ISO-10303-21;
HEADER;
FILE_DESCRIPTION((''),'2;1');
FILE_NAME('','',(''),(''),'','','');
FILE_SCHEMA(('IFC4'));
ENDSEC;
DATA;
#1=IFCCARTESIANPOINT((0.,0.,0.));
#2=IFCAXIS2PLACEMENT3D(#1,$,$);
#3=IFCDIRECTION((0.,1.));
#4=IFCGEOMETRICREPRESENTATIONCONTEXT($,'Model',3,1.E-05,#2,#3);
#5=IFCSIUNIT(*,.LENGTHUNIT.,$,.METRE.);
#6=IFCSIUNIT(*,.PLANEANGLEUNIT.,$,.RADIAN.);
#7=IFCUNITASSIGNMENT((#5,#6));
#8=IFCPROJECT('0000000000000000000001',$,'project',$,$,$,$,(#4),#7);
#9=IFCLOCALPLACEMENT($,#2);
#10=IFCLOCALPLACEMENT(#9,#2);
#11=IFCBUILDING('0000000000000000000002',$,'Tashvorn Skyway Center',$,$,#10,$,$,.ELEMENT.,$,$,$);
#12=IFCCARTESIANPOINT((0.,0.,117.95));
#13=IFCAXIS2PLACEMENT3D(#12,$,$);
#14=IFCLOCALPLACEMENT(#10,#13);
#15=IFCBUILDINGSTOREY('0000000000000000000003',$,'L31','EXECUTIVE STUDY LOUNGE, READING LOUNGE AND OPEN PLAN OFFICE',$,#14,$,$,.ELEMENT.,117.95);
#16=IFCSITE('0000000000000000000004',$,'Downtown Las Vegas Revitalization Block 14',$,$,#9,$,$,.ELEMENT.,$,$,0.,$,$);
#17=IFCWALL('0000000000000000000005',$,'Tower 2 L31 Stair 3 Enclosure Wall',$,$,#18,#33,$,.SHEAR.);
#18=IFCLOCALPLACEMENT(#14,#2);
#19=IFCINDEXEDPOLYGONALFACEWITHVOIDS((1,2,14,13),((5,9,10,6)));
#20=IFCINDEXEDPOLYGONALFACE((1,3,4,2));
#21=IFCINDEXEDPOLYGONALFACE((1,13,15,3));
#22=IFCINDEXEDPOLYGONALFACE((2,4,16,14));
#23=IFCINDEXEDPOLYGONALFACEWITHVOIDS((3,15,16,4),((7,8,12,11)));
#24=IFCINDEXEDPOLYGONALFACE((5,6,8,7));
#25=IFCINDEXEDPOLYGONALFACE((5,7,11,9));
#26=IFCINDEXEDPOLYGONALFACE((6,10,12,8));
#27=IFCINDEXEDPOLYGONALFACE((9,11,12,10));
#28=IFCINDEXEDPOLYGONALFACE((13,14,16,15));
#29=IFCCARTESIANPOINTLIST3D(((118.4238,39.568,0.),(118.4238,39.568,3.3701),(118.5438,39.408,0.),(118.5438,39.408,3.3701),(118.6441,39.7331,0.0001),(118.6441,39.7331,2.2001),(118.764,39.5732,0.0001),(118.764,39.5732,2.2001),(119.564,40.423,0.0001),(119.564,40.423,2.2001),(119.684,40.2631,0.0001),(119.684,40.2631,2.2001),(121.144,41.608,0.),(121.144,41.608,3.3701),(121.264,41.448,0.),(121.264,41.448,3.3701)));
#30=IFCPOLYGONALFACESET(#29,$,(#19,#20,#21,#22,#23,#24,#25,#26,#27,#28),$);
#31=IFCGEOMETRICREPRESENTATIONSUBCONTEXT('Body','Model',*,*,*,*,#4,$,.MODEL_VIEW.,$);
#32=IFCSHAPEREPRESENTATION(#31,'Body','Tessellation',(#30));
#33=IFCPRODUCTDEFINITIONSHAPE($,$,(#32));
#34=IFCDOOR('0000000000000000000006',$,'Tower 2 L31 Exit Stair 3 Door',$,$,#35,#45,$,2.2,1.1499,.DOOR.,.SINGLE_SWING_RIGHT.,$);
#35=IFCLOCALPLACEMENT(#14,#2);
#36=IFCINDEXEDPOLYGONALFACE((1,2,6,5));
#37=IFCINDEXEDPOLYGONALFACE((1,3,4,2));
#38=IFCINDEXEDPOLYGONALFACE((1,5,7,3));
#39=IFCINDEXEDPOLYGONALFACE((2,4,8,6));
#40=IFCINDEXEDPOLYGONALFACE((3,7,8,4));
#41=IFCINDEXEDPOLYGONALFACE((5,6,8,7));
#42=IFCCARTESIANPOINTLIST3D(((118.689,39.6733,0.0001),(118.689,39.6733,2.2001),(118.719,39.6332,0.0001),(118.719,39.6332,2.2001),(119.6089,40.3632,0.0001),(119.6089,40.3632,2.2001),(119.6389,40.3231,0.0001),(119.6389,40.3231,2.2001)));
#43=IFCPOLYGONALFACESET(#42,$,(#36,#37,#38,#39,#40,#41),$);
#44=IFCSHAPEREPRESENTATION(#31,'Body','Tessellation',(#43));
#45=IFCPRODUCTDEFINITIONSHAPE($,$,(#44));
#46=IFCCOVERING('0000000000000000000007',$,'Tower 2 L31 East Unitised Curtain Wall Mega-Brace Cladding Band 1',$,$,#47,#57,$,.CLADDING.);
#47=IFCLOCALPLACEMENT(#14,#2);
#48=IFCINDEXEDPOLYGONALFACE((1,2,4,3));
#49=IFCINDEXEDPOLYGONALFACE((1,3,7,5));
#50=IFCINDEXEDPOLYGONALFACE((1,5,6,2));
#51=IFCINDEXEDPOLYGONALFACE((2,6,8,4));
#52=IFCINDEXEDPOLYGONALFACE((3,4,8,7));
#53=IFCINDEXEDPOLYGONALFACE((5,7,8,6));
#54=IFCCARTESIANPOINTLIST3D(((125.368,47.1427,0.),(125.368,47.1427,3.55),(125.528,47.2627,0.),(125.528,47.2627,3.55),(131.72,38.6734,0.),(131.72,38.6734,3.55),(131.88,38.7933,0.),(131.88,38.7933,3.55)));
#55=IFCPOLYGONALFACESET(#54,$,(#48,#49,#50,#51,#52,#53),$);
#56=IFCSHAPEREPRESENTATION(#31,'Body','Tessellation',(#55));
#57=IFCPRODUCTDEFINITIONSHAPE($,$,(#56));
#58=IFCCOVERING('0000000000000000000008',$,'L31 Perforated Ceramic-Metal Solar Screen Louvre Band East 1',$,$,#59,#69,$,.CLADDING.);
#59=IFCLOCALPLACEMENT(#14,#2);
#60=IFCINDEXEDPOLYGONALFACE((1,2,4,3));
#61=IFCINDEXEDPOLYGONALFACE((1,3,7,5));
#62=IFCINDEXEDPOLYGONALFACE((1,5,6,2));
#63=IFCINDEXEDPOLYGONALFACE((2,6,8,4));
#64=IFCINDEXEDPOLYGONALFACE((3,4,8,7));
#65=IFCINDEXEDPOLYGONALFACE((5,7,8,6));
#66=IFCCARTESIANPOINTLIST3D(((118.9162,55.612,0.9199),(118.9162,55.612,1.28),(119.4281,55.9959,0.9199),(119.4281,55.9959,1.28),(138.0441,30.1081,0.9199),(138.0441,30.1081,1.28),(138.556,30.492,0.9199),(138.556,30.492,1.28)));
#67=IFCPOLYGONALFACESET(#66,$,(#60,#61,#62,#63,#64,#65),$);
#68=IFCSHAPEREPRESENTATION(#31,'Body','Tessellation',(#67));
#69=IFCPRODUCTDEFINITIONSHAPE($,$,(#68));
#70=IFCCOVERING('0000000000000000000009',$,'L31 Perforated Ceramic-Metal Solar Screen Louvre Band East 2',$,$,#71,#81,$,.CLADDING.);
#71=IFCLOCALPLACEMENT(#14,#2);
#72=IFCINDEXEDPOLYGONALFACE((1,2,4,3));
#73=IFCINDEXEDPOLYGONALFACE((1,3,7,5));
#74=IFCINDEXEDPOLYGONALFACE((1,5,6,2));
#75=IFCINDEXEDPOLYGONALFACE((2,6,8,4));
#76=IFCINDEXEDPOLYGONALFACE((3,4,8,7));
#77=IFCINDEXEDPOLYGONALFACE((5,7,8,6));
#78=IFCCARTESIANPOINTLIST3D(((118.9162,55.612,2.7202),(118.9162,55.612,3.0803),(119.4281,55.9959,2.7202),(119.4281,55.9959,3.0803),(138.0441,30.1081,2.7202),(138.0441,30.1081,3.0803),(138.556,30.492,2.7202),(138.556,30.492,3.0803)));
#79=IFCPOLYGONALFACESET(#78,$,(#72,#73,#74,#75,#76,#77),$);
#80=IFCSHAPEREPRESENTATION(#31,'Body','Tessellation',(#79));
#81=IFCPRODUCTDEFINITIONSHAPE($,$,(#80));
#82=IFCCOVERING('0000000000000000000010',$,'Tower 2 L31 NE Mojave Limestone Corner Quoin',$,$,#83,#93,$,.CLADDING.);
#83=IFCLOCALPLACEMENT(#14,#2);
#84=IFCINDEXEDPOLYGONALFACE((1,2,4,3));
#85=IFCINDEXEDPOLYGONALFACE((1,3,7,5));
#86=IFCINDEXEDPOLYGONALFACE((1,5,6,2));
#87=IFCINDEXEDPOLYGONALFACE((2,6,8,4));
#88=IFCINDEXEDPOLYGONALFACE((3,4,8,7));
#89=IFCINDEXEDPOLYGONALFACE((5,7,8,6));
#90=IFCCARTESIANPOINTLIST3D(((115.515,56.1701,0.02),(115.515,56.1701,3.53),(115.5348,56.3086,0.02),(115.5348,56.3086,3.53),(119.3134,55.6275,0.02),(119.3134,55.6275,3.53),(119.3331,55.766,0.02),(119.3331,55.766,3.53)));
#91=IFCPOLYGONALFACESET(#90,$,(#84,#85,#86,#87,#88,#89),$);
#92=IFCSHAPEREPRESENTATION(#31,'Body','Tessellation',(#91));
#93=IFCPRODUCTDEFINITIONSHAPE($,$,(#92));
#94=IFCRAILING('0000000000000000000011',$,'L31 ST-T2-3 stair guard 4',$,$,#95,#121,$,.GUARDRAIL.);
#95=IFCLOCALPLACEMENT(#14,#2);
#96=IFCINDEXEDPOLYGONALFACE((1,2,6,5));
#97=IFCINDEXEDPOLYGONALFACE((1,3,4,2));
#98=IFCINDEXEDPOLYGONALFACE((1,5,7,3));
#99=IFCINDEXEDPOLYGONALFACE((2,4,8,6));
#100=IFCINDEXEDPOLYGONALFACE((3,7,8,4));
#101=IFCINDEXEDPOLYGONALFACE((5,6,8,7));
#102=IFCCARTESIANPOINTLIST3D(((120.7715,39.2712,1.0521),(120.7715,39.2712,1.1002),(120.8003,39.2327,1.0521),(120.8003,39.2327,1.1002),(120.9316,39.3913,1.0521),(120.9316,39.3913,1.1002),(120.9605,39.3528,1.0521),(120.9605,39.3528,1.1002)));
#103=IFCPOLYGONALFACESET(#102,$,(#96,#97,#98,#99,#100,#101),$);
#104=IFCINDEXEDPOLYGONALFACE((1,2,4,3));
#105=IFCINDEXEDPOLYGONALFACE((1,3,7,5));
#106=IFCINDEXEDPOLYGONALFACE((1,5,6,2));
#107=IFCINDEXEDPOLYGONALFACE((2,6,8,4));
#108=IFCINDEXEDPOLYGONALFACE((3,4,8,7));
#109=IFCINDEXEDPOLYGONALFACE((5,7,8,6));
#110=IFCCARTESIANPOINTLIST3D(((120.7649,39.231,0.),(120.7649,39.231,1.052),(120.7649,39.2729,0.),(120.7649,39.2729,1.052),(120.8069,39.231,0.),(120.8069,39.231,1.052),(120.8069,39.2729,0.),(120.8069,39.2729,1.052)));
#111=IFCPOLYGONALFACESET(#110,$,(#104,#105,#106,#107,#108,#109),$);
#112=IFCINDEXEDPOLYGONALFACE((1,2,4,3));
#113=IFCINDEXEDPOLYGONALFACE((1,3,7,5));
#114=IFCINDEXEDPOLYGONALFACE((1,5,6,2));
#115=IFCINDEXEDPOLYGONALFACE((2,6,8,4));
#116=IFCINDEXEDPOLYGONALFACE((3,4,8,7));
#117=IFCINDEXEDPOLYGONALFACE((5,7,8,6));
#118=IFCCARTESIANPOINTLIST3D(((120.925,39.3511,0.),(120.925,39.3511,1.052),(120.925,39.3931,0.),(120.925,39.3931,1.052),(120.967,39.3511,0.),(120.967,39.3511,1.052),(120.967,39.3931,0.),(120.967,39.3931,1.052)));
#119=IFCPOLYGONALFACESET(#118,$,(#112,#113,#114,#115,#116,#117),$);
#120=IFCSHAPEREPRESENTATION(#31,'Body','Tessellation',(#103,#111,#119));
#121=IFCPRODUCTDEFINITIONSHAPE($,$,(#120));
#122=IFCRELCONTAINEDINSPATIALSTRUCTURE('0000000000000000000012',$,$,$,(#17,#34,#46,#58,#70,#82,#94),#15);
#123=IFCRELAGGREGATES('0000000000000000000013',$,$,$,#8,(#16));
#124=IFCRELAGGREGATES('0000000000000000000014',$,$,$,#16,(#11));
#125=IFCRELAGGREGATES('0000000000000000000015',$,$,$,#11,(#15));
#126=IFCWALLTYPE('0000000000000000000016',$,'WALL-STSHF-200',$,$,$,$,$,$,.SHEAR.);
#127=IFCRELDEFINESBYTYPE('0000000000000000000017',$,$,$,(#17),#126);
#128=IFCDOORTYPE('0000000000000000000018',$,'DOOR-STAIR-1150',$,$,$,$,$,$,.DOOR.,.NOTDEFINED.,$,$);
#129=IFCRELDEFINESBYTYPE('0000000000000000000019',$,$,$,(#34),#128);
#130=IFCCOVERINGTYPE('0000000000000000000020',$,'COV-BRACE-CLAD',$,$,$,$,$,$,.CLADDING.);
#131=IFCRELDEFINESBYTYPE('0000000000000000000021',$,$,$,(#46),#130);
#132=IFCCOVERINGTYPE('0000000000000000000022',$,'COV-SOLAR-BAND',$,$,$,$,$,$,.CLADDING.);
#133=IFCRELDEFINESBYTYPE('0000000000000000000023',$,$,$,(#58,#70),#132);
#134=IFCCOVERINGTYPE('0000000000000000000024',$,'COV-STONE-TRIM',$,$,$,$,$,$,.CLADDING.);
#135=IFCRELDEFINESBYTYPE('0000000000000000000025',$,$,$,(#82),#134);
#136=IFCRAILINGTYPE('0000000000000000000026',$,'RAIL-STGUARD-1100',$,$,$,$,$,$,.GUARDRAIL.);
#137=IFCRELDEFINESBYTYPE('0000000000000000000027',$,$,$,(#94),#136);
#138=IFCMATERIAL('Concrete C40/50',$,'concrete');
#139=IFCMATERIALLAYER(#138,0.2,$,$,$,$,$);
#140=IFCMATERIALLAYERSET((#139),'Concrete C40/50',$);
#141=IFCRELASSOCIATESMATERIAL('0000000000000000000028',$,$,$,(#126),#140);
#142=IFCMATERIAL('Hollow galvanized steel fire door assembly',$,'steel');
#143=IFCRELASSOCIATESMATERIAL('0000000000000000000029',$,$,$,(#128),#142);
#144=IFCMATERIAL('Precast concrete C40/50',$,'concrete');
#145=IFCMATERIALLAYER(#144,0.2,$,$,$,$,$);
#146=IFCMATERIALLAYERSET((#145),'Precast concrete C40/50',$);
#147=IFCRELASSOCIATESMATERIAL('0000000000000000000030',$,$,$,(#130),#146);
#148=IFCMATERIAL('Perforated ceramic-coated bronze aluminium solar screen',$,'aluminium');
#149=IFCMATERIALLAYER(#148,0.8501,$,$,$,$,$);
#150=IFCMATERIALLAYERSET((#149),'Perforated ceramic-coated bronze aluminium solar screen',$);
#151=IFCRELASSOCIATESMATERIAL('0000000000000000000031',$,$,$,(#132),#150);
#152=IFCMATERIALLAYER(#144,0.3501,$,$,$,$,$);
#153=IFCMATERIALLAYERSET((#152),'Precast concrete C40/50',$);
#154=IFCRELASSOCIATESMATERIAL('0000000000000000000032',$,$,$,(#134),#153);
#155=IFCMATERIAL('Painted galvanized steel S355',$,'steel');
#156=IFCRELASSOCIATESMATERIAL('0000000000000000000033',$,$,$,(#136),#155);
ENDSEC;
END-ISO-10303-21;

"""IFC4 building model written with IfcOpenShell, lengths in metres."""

from ifc_helpers import new_model, si_unit, direction, frame, frame_2d, origin, origin_2d, place, context, subcontext, project, spatial, rectangle, extrude, material, layer, layer_set, type_object, element, fill, save


model = new_model("IFC4")

# Units and contexts
model_context = context("Model", 3, precision=1e-05, world=origin(), true_north=direction((0.0, 1.0)))
body_context = subcontext(model_context, "Body", "Model", "MODEL_VIEW")
ifc_project = project(units=[si_unit("LENGTHUNIT", "METRE"), si_unit("PLANEANGLEUNIT", "RADIAN")], contexts=[model_context])

# Site, building, storey
site_placement = place(None, origin())
site = spatial("IfcSite", under=ifc_project, at=site_placement, Name="Downtown Las Vegas Revitalization Block 14", CompositionType="ELEMENT", RefElevation=0.0)
building_placement = place(site_placement, origin())
building = spatial("IfcBuilding", under=site, at=building_placement, Name="Tashvorn Skyway Center", CompositionType="ELEMENT")
storey_placement = place(building_placement, frame((0.0, 0.0, 117.95)))
storey = spatial("IfcBuildingStorey", under=building, at=storey_placement, Name="L31", Description="EXECUTIVE STUDY LOUNGE, READING LOUNGE AND OPEN PLAN OFFICE", CompositionType="ELEMENT", Elevation=117.95)

# Shared definitions
ifc_material_1 = material(Name="Precast concrete C40/50", Category="concrete")

# Wall, opening, door
ifc_material_2 = material(Name="Concrete C40/50", Category="concrete")
ifc_layer_1 = layer(ifc_material_2, 0.2)
ifc_layer_set_1 = layer_set([ifc_layer_1], Name="Concrete C40/50")
wall_type_1 = type_object("IfcWallType", Name="WALL-STSHF-200", PredefinedType="SHEAR", material=ifc_layer_set_1)
wall_1_placement = place(storey_placement, frame((121.2041, 41.5281, 0.0), z_axis=(0.0, 0.0, 1.0), x_axis=(-0.800017, -0.599977, 0.0)))
wall_1 = element("IfcWall", 1, at=wall_1_placement, inside=storey, type_object=wall_type_1, Name="Tower 2 L31 Stair 3 Enclosure Wall", PredefinedType="SHEAR", context=body_context, shape_type="SweptSolid", body=[
    extrude(rectangle(XDim=3.4001, YDim=0.2, at=frame_2d((1.7002, 0.0))), origin(), (0.0, 0.0, 1.0), 3.3701),
])
opening_1_placement = place(wall_1_placement, frame((1.9751, 0.0, 0.0)))
opening_1 = element("IfcOpeningElement", 2, at=opening_1_placement, cuts=wall_1, PredefinedType="OPENING", context=body_context, shape_type="SweptSolid", body=[
    extrude(rectangle(XDim=1.1499, YDim=2.2, at=frame_2d((0.575, 1.1001))), frame((0.0, 0.1099, 0.0), z_axis=(0.0, -1.0, 0.0), x_axis=(1.0, 0.0, 0.0)), (0.0, 0.0, 1.0), 0.22),
])
ifc_material_3 = material(Name="Hollow galvanized steel fire door assembly", Category="steel")
door_type_1 = type_object("IfcDoorType", Name="DOOR-STAIR-1150", OperationType="NOTDEFINED", PredefinedType="DOOR", material=ifc_material_3)
door_1_placement = place(opening_1_placement, origin())
door_1 = element("IfcDoor", 3, at=door_1_placement, inside=storey, type_object=door_type_1, Name="Tower 2 L31 Exit Stair 3 Door", OperationType="SINGLE_SWING_RIGHT", OverallHeight=2.2, OverallWidth=1.1499, PredefinedType="DOOR", context=body_context, shape_type="SweptSolid", body=[
    extrude(rectangle(XDim=1.1499, YDim=2.2, at=frame_2d((0.575, 1.1001))), frame((0.0, 0.0249, 0.0), z_axis=(0.0, -1.0, 0.0), x_axis=(1.0, 0.0, 0.0)), (0.0, 0.0, 1.0), 0.05),
])
fill(opening_1, door_1)

# Coverings
ifc_layer_2 = layer(ifc_material_1, 0.2)
ifc_layer_set_2 = layer_set([ifc_layer_2], Name="Precast concrete C40/50")
covering_type_1 = type_object("IfcCoveringType", Name="COV-BRACE-CLAD", PredefinedType="CLADDING", material=ifc_layer_set_2)
covering_1_placement = place(storey_placement, frame((128.624, 42.968, 0.0), z_axis=(0.0, 0.0, 1.0), x_axis=(0.6, -0.8, 0.0)))
element("IfcCovering", 4, at=covering_1_placement, inside=storey, type_object=covering_type_1, Name="Tower 2 L31 East Unitised Curtain Wall Mega-Brace Cladding Band 1", PredefinedType="CLADDING", context=body_context, shape_type="SweptSolid", body=[
    extrude(rectangle(XDim=10.5867, YDim=0.2, at=origin_2d()), origin(), (0.0, 0.0, 1.0), 3.55),
])
ifc_material_4 = material(Name="Perforated ceramic-coated bronze aluminium solar screen", Category="aluminium")
ifc_layer_3 = layer(ifc_material_4, 0.8501)
ifc_layer_set_3 = layer_set([ifc_layer_3], Name="Perforated ceramic-coated bronze aluminium solar screen")
covering_type_2 = type_object("IfcCoveringType", Name="COV-SOLAR-BAND", PredefinedType="CLADDING", material=ifc_layer_set_3)
for number, where, z_axis, x_axis, name in (
    (5, (128.7361, 43.052, 0.9199), (0.0, 0.0, 1.0), (0.6, -0.8, 0.0), "L31 Perforated Ceramic-Metal Solar Screen Louvre Band East 1"),
    (6, (128.7361, 43.052, 2.7202), (0.0, 0.0, 1.0), (0.6, -0.8, 0.0), "L31 Perforated Ceramic-Metal Solar Screen Louvre Band East 2"),
):
    element("IfcCovering", number, at=place(storey_placement, frame(where, z_axis=z_axis, x_axis=x_axis)), inside=storey, type_object=covering_type_2, Name=name, PredefinedType="CLADDING", context=body_context, shape_type="SweptSolid", body=[
        extrude(rectangle(XDim=31.8799, YDim=0.6399, at=origin_2d()), origin(), (0.0, 0.0, 1.0), 0.3601),
    ])
ifc_layer_4 = layer(ifc_material_1, 0.3501)
ifc_layer_set_4 = layer_set([ifc_layer_4], Name="Precast concrete C40/50")
covering_type_3 = type_object("IfcCoveringType", Name="COV-STONE-TRIM", PredefinedType="CLADDING", material=ifc_layer_set_4)
covering_2_placement = place(storey_placement, frame((117.4241, 55.968, 0.02), z_axis=(0.0, 0.0, 1.0), x_axis=(0.989949, -0.141421, 0.0)))
element("IfcCovering", 7, at=covering_2_placement, inside=storey, type_object=covering_type_3, Name="Tower 2 L31 NE Mojave Limestone Corner Quoin", PredefinedType="CLADDING", context=body_context, shape_type="SweptSolid", body=[
    extrude(rectangle(XDim=3.8369, YDim=0.1399, at=origin_2d()), origin(), (0.0, 0.0, 1.0), 3.51),
])

# Railing
ifc_material_5 = material(Name="Painted galvanized steel S355", Category="steel")
railing_type = type_object("IfcRailingType", Name="RAIL-STGUARD-1100", PredefinedType="GUARDRAIL", material=ifc_material_5)
railing_placement = place(storey_placement, frame((120.7859, 39.252, 0.0)))
element("IfcRailing", 8, at=railing_placement, inside=storey, type_object=railing_type, Name="L31 ST-T2-3 stair guard 4", PredefinedType="GUARDRAIL", context=body_context, shape_type="SweptSolid", body=[
    extrude(rectangle(XDim=0.0481, YDim=0.0481, at=origin_2d()), frame((0.0, 0.0, 1.0762), z_axis=(0.8, 0.6, 0.0), x_axis=(-0.6, 0.8, 0.0)), (0.0, 0.0, 1.0), 0.2002),
    extrude(rectangle(XDim=0.042, YDim=0.042, at=origin_2d()), origin(), (0.0, 0.0, 1.0), 1.052),
    extrude(rectangle(XDim=0.042, YDim=0.042, at=origin_2d()), frame((0.1602, 0.1201, 0.0)), (0.0, 0.0, 1.0), 1.052),
])

save(model, "model.ifc")
